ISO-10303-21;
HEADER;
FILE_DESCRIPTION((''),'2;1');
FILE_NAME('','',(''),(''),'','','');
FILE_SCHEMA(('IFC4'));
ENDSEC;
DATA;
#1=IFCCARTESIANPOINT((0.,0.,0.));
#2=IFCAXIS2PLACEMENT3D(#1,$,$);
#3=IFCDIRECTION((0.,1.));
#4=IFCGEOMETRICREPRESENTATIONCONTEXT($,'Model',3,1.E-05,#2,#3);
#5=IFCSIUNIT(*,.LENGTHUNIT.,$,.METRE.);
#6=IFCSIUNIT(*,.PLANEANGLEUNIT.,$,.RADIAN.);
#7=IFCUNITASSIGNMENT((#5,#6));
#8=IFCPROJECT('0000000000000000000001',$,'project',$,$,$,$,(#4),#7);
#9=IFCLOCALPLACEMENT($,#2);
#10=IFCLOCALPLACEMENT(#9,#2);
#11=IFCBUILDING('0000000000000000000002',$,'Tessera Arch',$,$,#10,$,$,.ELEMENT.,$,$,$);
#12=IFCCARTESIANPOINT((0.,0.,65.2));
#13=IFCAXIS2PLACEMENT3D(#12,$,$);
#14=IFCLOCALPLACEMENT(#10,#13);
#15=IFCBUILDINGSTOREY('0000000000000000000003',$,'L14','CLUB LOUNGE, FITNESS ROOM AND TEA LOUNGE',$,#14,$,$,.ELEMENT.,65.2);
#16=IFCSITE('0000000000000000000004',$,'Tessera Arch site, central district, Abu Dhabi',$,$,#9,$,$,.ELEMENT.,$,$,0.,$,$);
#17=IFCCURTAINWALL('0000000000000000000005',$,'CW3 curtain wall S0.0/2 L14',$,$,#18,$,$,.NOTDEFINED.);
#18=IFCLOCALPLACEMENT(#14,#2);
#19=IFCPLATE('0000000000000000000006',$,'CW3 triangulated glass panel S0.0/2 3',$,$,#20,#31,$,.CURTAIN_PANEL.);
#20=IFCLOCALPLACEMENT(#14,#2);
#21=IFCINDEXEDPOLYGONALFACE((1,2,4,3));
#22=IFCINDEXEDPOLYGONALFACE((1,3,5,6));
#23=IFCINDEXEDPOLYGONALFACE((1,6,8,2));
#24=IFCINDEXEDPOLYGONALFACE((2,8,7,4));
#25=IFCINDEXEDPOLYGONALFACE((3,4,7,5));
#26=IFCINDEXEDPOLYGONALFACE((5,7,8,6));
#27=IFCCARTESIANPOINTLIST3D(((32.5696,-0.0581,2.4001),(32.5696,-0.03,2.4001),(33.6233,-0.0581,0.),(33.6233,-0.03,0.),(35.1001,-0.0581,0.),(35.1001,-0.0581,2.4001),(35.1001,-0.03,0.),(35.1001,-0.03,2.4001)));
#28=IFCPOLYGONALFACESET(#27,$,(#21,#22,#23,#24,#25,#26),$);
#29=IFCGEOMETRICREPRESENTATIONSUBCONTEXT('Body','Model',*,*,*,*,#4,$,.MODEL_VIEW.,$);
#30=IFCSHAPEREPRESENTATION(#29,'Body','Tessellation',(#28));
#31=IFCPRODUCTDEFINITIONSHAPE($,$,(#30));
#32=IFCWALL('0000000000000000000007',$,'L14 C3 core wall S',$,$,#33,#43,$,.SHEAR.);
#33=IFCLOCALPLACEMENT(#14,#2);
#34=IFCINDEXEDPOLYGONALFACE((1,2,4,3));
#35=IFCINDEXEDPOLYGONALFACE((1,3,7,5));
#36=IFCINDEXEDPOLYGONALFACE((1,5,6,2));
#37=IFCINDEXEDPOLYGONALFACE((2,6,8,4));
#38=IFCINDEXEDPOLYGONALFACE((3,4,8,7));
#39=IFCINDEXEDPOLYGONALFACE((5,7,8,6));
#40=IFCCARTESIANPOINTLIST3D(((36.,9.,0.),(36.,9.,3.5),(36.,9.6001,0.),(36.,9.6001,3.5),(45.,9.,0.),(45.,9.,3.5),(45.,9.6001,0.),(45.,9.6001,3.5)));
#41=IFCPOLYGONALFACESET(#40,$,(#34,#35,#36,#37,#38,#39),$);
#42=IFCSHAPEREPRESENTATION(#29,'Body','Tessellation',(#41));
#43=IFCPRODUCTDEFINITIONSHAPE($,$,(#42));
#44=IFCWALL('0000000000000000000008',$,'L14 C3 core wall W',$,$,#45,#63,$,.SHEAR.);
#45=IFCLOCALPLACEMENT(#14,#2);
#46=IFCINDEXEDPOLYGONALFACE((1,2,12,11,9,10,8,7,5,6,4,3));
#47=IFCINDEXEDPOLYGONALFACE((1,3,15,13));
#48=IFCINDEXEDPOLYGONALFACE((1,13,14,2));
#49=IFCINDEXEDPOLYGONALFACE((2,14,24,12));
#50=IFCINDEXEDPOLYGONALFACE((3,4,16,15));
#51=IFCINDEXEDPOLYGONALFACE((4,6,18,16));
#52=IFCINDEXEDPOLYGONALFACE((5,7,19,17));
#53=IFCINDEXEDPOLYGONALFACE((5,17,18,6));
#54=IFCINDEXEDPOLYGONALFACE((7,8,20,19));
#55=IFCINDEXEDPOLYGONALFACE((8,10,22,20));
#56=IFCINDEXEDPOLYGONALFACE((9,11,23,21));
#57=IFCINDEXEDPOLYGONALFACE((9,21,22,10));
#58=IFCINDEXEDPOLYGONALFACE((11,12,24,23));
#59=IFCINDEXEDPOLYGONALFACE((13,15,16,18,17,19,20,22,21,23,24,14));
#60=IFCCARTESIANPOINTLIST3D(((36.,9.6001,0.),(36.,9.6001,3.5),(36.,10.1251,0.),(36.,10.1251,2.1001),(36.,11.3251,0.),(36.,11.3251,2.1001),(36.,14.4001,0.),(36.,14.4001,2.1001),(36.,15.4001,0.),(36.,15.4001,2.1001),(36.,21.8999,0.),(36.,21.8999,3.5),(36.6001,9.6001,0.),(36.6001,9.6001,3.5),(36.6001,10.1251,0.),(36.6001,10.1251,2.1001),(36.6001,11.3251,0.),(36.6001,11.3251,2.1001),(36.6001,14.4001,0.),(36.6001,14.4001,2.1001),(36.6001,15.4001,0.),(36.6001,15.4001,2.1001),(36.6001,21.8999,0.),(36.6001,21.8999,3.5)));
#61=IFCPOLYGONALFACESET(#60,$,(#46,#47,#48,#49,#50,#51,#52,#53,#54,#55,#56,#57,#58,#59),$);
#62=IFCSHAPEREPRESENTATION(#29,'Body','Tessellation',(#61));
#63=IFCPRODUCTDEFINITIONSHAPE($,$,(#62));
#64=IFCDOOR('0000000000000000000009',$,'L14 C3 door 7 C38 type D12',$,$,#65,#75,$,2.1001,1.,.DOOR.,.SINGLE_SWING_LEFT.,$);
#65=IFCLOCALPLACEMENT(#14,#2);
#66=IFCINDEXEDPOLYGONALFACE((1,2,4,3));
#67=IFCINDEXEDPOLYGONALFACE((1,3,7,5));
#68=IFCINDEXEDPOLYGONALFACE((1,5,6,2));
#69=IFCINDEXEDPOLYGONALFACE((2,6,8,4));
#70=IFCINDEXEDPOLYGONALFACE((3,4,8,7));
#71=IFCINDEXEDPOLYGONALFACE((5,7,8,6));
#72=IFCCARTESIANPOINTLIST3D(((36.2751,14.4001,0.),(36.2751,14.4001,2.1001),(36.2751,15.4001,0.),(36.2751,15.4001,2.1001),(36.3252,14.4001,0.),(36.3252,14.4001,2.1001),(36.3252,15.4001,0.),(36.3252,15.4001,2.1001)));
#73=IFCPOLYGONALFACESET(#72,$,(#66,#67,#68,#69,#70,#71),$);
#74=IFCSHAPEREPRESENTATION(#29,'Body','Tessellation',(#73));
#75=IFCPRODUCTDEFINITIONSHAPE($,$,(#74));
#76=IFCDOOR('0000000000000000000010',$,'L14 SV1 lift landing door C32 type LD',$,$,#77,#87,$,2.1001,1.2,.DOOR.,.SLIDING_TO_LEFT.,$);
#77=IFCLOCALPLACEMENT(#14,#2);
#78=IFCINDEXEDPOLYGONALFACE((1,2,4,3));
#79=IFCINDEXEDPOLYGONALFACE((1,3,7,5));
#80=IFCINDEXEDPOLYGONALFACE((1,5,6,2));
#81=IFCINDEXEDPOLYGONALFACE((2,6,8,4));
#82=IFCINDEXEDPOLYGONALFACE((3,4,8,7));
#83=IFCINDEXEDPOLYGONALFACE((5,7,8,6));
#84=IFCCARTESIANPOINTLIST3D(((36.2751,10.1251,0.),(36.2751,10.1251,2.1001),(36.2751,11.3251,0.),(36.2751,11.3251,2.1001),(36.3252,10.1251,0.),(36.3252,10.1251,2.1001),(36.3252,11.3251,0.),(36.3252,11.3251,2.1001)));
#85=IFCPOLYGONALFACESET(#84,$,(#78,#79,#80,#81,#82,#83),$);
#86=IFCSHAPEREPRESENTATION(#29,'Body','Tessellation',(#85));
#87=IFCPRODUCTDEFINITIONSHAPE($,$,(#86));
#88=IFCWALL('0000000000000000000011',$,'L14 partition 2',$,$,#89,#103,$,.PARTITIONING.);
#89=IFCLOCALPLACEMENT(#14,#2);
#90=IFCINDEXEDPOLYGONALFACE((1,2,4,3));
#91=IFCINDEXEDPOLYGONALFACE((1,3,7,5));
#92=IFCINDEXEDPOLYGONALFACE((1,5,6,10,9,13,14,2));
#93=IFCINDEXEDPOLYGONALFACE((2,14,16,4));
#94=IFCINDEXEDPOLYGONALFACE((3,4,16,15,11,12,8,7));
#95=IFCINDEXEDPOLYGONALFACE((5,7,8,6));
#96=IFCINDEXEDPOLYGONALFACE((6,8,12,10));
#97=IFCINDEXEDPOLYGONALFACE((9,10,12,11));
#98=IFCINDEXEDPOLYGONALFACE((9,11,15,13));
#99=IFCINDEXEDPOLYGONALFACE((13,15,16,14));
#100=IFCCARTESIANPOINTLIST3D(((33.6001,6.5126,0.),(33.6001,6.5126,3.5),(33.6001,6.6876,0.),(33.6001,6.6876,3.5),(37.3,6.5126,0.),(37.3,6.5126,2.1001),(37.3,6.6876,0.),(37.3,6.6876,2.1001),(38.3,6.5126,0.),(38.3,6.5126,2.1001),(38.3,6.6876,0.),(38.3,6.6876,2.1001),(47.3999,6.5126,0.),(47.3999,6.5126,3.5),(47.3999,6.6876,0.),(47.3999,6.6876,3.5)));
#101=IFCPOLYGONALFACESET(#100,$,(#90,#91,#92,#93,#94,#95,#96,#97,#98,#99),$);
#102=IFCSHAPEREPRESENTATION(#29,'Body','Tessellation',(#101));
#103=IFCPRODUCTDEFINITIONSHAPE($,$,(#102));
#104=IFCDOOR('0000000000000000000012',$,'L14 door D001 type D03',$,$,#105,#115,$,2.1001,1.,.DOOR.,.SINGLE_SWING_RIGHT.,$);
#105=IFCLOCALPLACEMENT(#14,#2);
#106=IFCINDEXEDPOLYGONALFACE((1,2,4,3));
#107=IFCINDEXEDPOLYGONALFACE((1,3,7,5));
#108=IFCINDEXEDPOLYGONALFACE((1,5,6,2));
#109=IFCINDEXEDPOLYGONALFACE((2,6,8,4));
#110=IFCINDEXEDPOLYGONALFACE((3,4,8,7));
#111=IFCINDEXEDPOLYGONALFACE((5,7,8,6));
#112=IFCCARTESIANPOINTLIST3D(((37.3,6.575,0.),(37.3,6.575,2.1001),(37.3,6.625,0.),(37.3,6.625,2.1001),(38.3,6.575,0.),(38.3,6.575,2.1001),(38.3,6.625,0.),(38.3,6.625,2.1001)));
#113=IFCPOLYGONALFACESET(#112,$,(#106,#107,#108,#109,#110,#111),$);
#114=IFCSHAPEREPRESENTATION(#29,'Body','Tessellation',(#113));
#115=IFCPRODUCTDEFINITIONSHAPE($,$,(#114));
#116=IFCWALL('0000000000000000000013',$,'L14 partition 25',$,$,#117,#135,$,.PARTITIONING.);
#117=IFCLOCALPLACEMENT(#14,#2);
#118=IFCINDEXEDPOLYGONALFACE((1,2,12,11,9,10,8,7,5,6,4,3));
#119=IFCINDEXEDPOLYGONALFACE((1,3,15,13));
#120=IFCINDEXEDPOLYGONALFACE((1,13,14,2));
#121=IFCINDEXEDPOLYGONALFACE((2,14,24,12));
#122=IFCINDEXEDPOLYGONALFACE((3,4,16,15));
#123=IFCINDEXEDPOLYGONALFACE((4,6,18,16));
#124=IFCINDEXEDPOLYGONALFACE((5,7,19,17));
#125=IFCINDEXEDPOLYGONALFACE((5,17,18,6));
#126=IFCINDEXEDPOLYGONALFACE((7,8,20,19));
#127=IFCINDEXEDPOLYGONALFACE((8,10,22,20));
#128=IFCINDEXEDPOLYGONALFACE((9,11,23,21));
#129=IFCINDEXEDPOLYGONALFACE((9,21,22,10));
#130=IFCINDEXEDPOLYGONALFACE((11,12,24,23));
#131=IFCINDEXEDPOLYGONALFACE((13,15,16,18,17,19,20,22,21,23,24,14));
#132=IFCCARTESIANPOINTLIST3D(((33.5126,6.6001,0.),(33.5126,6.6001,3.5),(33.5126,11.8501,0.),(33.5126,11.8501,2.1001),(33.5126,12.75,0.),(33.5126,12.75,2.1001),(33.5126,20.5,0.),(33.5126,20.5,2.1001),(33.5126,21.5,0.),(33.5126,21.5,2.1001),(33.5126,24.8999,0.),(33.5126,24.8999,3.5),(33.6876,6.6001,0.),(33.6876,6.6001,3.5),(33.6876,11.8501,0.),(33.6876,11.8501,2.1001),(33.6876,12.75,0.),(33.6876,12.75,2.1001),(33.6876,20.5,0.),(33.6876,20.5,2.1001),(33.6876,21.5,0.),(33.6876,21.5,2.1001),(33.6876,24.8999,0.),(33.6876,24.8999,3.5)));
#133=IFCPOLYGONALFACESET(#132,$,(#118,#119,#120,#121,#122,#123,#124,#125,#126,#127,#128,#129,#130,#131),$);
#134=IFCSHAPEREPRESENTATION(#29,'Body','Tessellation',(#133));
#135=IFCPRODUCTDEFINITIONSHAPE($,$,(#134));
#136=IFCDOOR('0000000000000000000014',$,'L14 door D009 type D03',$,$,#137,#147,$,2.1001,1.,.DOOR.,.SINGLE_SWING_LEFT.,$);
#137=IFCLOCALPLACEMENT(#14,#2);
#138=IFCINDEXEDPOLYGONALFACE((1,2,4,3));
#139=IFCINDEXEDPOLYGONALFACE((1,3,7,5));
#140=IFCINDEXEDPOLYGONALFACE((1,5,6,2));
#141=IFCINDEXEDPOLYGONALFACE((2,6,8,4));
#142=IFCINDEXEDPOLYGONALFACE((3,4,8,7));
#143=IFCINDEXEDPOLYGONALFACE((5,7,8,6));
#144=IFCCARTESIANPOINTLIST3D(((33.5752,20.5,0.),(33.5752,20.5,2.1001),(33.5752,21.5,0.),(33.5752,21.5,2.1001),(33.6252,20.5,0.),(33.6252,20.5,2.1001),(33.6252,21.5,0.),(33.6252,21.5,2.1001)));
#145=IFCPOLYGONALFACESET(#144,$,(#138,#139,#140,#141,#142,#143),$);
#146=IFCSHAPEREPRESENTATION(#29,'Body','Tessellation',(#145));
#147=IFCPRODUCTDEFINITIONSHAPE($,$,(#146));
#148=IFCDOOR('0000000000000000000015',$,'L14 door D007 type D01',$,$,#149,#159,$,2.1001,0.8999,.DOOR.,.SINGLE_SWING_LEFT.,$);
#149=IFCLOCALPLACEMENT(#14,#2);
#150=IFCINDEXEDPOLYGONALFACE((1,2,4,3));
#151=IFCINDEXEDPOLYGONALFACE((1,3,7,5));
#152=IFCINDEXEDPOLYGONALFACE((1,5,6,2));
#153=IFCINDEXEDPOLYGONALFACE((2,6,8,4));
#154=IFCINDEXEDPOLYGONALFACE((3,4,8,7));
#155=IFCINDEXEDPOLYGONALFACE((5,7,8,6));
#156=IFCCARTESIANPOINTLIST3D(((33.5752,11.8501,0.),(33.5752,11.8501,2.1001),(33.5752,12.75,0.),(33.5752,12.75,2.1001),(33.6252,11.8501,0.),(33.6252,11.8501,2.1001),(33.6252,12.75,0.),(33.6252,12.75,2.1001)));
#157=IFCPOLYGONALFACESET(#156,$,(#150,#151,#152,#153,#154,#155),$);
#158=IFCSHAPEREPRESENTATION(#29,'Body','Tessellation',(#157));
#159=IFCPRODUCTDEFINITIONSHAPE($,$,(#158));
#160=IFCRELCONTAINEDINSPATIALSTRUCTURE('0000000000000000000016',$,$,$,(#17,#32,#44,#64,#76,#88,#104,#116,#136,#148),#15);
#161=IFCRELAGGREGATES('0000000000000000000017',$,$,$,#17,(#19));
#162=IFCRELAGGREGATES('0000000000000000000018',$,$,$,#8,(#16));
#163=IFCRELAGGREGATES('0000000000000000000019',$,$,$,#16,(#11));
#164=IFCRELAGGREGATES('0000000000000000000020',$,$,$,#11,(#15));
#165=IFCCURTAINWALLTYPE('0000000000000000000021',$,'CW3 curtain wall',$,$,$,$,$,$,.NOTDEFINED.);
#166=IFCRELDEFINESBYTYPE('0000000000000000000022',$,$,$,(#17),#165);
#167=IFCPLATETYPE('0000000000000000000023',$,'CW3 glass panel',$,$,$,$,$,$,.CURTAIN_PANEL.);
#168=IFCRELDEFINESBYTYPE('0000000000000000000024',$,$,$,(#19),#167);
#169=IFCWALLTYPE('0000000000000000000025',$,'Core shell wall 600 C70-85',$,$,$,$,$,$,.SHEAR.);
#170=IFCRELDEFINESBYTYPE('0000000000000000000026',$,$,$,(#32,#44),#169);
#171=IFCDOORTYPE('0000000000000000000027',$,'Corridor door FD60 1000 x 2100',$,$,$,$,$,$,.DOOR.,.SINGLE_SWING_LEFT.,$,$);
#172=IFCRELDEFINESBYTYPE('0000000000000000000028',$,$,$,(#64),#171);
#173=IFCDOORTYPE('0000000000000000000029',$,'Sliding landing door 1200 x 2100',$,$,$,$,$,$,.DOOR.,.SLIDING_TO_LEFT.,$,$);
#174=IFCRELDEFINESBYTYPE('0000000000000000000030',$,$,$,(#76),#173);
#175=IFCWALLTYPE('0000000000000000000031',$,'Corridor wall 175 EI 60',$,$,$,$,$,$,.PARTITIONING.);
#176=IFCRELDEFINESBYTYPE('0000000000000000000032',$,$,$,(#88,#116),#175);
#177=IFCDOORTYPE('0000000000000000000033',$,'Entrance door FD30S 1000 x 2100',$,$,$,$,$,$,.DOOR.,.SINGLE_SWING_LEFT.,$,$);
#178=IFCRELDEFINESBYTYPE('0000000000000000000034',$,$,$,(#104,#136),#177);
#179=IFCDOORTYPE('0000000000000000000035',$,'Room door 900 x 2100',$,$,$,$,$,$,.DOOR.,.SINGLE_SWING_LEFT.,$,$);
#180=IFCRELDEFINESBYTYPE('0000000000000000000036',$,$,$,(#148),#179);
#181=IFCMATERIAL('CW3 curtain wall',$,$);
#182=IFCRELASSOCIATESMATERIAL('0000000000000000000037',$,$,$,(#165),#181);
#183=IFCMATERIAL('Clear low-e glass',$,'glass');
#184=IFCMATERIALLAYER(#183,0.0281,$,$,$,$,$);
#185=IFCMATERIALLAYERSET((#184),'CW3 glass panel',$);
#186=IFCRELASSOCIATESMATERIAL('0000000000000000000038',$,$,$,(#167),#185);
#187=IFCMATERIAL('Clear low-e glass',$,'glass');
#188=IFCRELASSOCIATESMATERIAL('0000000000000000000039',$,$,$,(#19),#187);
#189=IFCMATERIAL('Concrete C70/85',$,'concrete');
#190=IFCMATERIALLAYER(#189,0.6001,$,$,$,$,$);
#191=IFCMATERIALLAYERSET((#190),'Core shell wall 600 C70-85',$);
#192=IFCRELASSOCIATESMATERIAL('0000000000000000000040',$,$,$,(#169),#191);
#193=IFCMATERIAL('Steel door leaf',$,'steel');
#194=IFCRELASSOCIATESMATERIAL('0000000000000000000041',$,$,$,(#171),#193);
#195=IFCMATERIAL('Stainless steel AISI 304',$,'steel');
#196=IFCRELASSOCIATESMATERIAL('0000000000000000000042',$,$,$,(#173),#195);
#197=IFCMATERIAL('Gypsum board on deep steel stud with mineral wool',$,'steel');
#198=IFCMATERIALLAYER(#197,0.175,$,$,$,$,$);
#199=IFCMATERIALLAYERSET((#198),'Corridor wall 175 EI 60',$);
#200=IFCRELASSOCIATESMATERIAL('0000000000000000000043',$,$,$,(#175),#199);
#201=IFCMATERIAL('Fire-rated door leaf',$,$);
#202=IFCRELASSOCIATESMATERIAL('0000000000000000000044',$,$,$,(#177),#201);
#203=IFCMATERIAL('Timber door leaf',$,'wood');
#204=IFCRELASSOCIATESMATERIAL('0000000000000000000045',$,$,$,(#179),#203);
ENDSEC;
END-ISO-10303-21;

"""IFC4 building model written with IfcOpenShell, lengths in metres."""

from ifc_helpers import new_model, si_unit, direction, frame, frame_2d, origin, place, context, subcontext, project, spatial, polyline, rectangle, outline, extrude, material, layer, layer_set, type_object, element, fill, aggregate, save


model = new_model("IFC4")

# Units and contexts
model_context = context("Model", 3, precision=1e-05, world=origin(), true_north=direction((0.0, 1.0)))
body_context = subcontext(model_context, "Body", "Model", "MODEL_VIEW")
ifc_project = project(units=[si_unit("LENGTHUNIT", "METRE"), si_unit("PLANEANGLEUNIT", "RADIAN")], contexts=[model_context])

# Site, building, storey
site_placement = place(None, origin())
site = spatial("IfcSite", under=ifc_project, at=site_placement, Name="Tessera Arch site, central district, Abu Dhabi", CompositionType="ELEMENT", RefElevation=0.0)
building_placement = place(site_placement, origin())
building = spatial("IfcBuilding", under=site, at=building_placement, Name="Tessera Arch", CompositionType="ELEMENT")
storey_placement = place(building_placement, frame((0.0, 0.0, 65.2)))
storey = spatial("IfcBuildingStorey", under=building, at=storey_placement, Name="L14", Description="CLUB LOUNGE, FITNESS ROOM AND TEA LOUNGE", CompositionType="ELEMENT", Elevation=65.2)

# Curtain wall
ifc_material_1 = material(Name="CW3 curtain wall")
curtain_wall_type_1 = type_object("IfcCurtainWallType", Name="CW3 curtain wall", PredefinedType="NOTDEFINED", material=ifc_material_1)
curtain_wall_1_placement = place(storey_placement, origin())
curtain_wall_1 = element("IfcCurtainWall", 1, at=curtain_wall_1_placement, inside=storey, type_object=curtain_wall_type_1, Name="CW3 curtain wall S0.0/2 L14", PredefinedType="NOTDEFINED")

# Shared definitions
ifc_material_2 = material(Name="Clear low-e glass", Category="glass")

# Plate
ifc_material_3 = material(Name="Clear low-e glass", Category="glass")
ifc_layer_1 = layer(ifc_material_3, 0.0281)
ifc_layer_set_1 = layer_set([ifc_layer_1], Name="CW3 glass panel")
plate_type_1 = type_object("IfcPlateType", Name="CW3 glass panel", PredefinedType="CURTAIN_PANEL", material=ifc_layer_set_1)
plate_1_placement = place(storey_placement, frame((35.1001, -0.0581, 2.4001), z_axis=(0.0, -1.0, 0.0), x_axis=(-1.0, 0.0, 0.0)))
plate_1 = element("IfcPlate", 2, at=plate_1_placement, type_object=plate_type_1, material=ifc_material_2, Name="CW3 triangulated glass panel S0.0/2 3", PredefinedType="CURTAIN_PANEL", context=body_context, shape_type="SweptSolid", body=[
    extrude(outline(polyline([(0.0, 0.0), (2.5305, 0.0), (1.4768, 2.4001), (0.0, 2.4001), (0.0, 0.0)])), origin(), (0.0, 0.0, -1.0), 0.0281),
])
aggregate(curtain_wall_1, [plate_1])

# Wall
ifc_material_4 = material(Name="Concrete C70/85", Category="concrete")
ifc_layer_2 = layer(ifc_material_4, 0.6001)
ifc_layer_set_2 = layer_set([ifc_layer_2], Name="Core shell wall 600 C70-85")
wall_type_1 = type_object("IfcWallType", Name="Core shell wall 600 C70-85", PredefinedType="SHEAR", material=ifc_layer_set_2)
wall_1_placement = place(storey_placement, frame((36.0, 9.3, 0.0), z_axis=(0.0, 0.0, 1.0), x_axis=(1.0, 0.0, 0.0)))
element("IfcWall", 3, at=wall_1_placement, inside=storey, type_object=wall_type_1, Name="L14 C3 core wall S", PredefinedType="SHEAR", context=body_context, shape_type="SweptSolid", body=[
    extrude(rectangle(XDim=9.0, YDim=0.6001, at=frame_2d((4.5, 0.0))), origin(), (0.0, 0.0, 1.0), 3.5),
])

# Wall, openings, doors
wall_2_placement = place(storey_placement, frame((36.3, 9.6001, 0.0), z_axis=(0.0, 0.0, 1.0), x_axis=(0.0, 1.0, 0.0)))
wall_2 = element("IfcWall", 4, at=wall_2_placement, inside=storey, type_object=wall_type_1, Name="L14 C3 core wall W", PredefinedType="SHEAR", context=body_context, shape_type="SweptSolid", body=[
    extrude(rectangle(XDim=12.2998, YDim=0.6001, at=frame_2d((6.1499, 0.0))), origin(), (0.0, 0.0, 1.0), 3.5),
])
opening_1_placement = place(wall_2_placement, frame((0.5249, 0.0, 0.0)))
opening_1 = element("IfcOpeningElement", 5, at=opening_1_placement, cuts=wall_2, PredefinedType="OPENING", context=body_context, shape_type="SweptSolid", body=[
    extrude(rectangle(XDim=1.2, YDim=2.1001, at=frame_2d((0.6001, 1.05))), frame((0.0, 0.3101, 0.0), z_axis=(0.0, -1.0, 0.0), x_axis=(1.0, 0.0, 0.0)), (0.0, 0.0, 1.0), 0.6201),
])
opening_2_placement = place(wall_2_placement, frame((4.8, 0.0, 0.0)))
opening_2 = element("IfcOpeningElement", 6, at=opening_2_placement, cuts=wall_2, PredefinedType="OPENING", context=body_context, shape_type="SweptSolid", body=[
    extrude(rectangle(XDim=1.0, YDim=2.1001, at=frame_2d((0.5, 1.05))), frame((0.0, 0.3101, 0.0), z_axis=(0.0, -1.0, 0.0), x_axis=(1.0, 0.0, 0.0)), (0.0, 0.0, 1.0), 0.6201),
])
ifc_material_5 = material(Name="Steel door leaf", Category="steel")
door_type_1 = type_object("IfcDoorType", Name="Corridor door FD60 1000 x 2100", OperationType="SINGLE_SWING_LEFT", PredefinedType="DOOR", material=ifc_material_5)
door_1_placement = place(opening_2_placement, origin())
door_1 = element("IfcDoor", 7, at=door_1_placement, inside=storey, type_object=door_type_1, Name="L14 C3 door 7 C38 type D12", OperationType="SINGLE_SWING_LEFT", OverallHeight=2.1001, OverallWidth=1.0, PredefinedType="DOOR", context=body_context, shape_type="SweptSolid", body=[
    extrude(rectangle(XDim=1.0, YDim=2.1001, at=frame_2d((0.5, 1.05))), frame((0.0, 0.0249, 0.0), z_axis=(0.0, -1.0, 0.0), x_axis=(1.0, 0.0, 0.0)), (0.0, 0.0, 1.0), 0.05),
])
fill(opening_2, door_1)
ifc_material_6 = material(Name="Stainless steel AISI 304", Category="steel")
door_type_2 = type_object("IfcDoorType", Name="Sliding landing door 1200 x 2100", OperationType="SLIDING_TO_LEFT", PredefinedType="DOOR", material=ifc_material_6)
door_2_placement = place(opening_1_placement, origin())
door_2 = element("IfcDoor", 8, at=door_2_placement, inside=storey, type_object=door_type_2, Name="L14 SV1 lift landing door C32 type LD", OperationType="SLIDING_TO_LEFT", OverallHeight=2.1001, OverallWidth=1.2, PredefinedType="DOOR", context=body_context, shape_type="SweptSolid", body=[
    extrude(rectangle(XDim=1.2, YDim=2.1001, at=frame_2d((0.6001, 1.05))), frame((0.0, 0.0249, 0.0), z_axis=(0.0, -1.0, 0.0), x_axis=(1.0, 0.0, 0.0)), (0.0, 0.0, 1.0), 0.05),
])
fill(opening_1, door_2)

# Wall, opening, door
ifc_material_7 = material(Name="Gypsum board on deep steel stud with mineral wool", Category="steel")
ifc_layer_3 = layer(ifc_material_7, 0.175)
ifc_layer_set_3 = layer_set([ifc_layer_3], Name="Corridor wall 175 EI 60")
wall_type_2 = type_object("IfcWallType", Name="Corridor wall 175 EI 60", PredefinedType="PARTITIONING", material=ifc_layer_set_3)
wall_3_placement = place(storey_placement, frame((33.6001, 6.6001, 0.0), z_axis=(0.0, 0.0, 1.0), x_axis=(1.0, 0.0, 0.0)))
wall_3 = element("IfcWall", 9, at=wall_3_placement, inside=storey, type_object=wall_type_2, Name="L14 partition 2", PredefinedType="PARTITIONING", context=body_context, shape_type="SweptSolid", body=[
    extrude(rectangle(XDim=13.7998, YDim=0.175, at=frame_2d((6.8999, 0.0))), origin(), (0.0, 0.0, 1.0), 3.5),
])
opening_3_placement = place(wall_3_placement, frame((3.7, 0.0, 0.0)))
opening_3 = element("IfcOpeningElement", 10, at=opening_3_placement, cuts=wall_3, PredefinedType="OPENING", context=body_context, shape_type="SweptSolid", body=[
    extrude(rectangle(XDim=1.0, YDim=2.1001, at=frame_2d((0.5, 1.05))), frame((0.0, 0.0974, 0.0), z_axis=(0.0, -1.0, 0.0), x_axis=(1.0, 0.0, 0.0)), (0.0, 0.0, 1.0), 0.1951),
])
ifc_material_8 = material(Name="Fire-rated door leaf")
door_type_3 = type_object("IfcDoorType", Name="Entrance door FD30S 1000 x 2100", OperationType="SINGLE_SWING_LEFT", PredefinedType="DOOR", material=ifc_material_8)
door_3_placement = place(opening_3_placement, origin())
door_3 = element("IfcDoor", 11, at=door_3_placement, inside=storey, type_object=door_type_3, Name="L14 door D001 type D03", OperationType="SINGLE_SWING_RIGHT", OverallHeight=2.1001, OverallWidth=1.0, PredefinedType="DOOR", context=body_context, shape_type="SweptSolid", body=[
    extrude(rectangle(XDim=1.0, YDim=2.1001, at=frame_2d((0.5, 1.05))), frame((0.0, 0.0249, 0.0), z_axis=(0.0, -1.0, 0.0), x_axis=(1.0, 0.0, 0.0)), (0.0, 0.0, 1.0), 0.05),
])
fill(opening_3, door_3)

# Wall, openings, doors
wall_4_placement = place(storey_placement, frame((33.6001, 6.6001, 0.0), z_axis=(0.0, 0.0, 1.0), x_axis=(0.0, 1.0, 0.0)))
wall_4 = element("IfcWall", 12, at=wall_4_placement, inside=storey, type_object=wall_type_2, Name="L14 partition 25", PredefinedType="PARTITIONING", context=body_context, shape_type="SweptSolid", body=[
    extrude(rectangle(XDim=18.2998, YDim=0.175, at=frame_2d((9.1499, 0.0))), origin(), (0.0, 0.0, 1.0), 3.5),
])
opening_4_placement = place(wall_4_placement, frame((5.25, 0.0, 0.0)))
opening_4 = element("IfcOpeningElement", 13, at=opening_4_placement, cuts=wall_4, PredefinedType="OPENING", context=body_context, shape_type="SweptSolid", body=[
    extrude(rectangle(XDim=0.8999, YDim=2.1001, at=frame_2d((0.45, 1.05))), frame((0.0, 0.0974, 0.0), z_axis=(0.0, -1.0, 0.0), x_axis=(1.0, 0.0, 0.0)), (0.0, 0.0, 1.0), 0.1951),
])
opening_5_placement = place(wall_4_placement, frame((13.8999, 0.0, 0.0)))
opening_5 = element("IfcOpeningElement", 14, at=opening_5_placement, cuts=wall_4, PredefinedType="OPENING", context=body_context, shape_type="SweptSolid", body=[
    extrude(rectangle(XDim=1.0, YDim=2.1001, at=frame_2d((0.5, 1.05))), frame((0.0, 0.0974, 0.0), z_axis=(0.0, -1.0, 0.0), x_axis=(1.0, 0.0, 0.0)), (0.0, 0.0, 1.0), 0.1951),
])
door_4_placement = place(opening_5_placement, origin())
door_4 = element("IfcDoor", 15, at=door_4_placement, inside=storey, type_object=door_type_3, Name="L14 door D009 type D03", OperationType="SINGLE_SWING_LEFT", OverallHeight=2.1001, OverallWidth=1.0, PredefinedType="DOOR", context=body_context, shape_type="SweptSolid", body=[
    extrude(rectangle(XDim=1.0, YDim=2.1001, at=frame_2d((0.5, 1.05))), frame((0.0, 0.0249, 0.0), z_axis=(0.0, -1.0, 0.0), x_axis=(1.0, 0.0, 0.0)), (0.0, 0.0, 1.0), 0.05),
])
fill(opening_5, door_4)
ifc_material_9 = material(Name="Timber door leaf", Category="wood")
door_type_4 = type_object("IfcDoorType", Name="Room door 900 x 2100", OperationType="SINGLE_SWING_LEFT", PredefinedType="DOOR", material=ifc_material_9)
door_5_placement = place(opening_4_placement, origin())
door_5 = element("IfcDoor", 16, at=door_5_placement, inside=storey, type_object=door_type_4, Name="L14 door D007 type D01", OperationType="SINGLE_SWING_LEFT", OverallHeight=2.1001, OverallWidth=0.8999, PredefinedType="DOOR", context=body_context, shape_type="SweptSolid", body=[
    extrude(rectangle(XDim=0.8999, YDim=2.1001, at=frame_2d((0.45, 1.05))), frame((0.0, 0.0249, 0.0), z_axis=(0.0, -1.0, 0.0), x_axis=(1.0, 0.0, 0.0)), (0.0, 0.0, 1.0), 0.05),
])
fill(opening_4, door_5)

save(model, "model.ifc")
